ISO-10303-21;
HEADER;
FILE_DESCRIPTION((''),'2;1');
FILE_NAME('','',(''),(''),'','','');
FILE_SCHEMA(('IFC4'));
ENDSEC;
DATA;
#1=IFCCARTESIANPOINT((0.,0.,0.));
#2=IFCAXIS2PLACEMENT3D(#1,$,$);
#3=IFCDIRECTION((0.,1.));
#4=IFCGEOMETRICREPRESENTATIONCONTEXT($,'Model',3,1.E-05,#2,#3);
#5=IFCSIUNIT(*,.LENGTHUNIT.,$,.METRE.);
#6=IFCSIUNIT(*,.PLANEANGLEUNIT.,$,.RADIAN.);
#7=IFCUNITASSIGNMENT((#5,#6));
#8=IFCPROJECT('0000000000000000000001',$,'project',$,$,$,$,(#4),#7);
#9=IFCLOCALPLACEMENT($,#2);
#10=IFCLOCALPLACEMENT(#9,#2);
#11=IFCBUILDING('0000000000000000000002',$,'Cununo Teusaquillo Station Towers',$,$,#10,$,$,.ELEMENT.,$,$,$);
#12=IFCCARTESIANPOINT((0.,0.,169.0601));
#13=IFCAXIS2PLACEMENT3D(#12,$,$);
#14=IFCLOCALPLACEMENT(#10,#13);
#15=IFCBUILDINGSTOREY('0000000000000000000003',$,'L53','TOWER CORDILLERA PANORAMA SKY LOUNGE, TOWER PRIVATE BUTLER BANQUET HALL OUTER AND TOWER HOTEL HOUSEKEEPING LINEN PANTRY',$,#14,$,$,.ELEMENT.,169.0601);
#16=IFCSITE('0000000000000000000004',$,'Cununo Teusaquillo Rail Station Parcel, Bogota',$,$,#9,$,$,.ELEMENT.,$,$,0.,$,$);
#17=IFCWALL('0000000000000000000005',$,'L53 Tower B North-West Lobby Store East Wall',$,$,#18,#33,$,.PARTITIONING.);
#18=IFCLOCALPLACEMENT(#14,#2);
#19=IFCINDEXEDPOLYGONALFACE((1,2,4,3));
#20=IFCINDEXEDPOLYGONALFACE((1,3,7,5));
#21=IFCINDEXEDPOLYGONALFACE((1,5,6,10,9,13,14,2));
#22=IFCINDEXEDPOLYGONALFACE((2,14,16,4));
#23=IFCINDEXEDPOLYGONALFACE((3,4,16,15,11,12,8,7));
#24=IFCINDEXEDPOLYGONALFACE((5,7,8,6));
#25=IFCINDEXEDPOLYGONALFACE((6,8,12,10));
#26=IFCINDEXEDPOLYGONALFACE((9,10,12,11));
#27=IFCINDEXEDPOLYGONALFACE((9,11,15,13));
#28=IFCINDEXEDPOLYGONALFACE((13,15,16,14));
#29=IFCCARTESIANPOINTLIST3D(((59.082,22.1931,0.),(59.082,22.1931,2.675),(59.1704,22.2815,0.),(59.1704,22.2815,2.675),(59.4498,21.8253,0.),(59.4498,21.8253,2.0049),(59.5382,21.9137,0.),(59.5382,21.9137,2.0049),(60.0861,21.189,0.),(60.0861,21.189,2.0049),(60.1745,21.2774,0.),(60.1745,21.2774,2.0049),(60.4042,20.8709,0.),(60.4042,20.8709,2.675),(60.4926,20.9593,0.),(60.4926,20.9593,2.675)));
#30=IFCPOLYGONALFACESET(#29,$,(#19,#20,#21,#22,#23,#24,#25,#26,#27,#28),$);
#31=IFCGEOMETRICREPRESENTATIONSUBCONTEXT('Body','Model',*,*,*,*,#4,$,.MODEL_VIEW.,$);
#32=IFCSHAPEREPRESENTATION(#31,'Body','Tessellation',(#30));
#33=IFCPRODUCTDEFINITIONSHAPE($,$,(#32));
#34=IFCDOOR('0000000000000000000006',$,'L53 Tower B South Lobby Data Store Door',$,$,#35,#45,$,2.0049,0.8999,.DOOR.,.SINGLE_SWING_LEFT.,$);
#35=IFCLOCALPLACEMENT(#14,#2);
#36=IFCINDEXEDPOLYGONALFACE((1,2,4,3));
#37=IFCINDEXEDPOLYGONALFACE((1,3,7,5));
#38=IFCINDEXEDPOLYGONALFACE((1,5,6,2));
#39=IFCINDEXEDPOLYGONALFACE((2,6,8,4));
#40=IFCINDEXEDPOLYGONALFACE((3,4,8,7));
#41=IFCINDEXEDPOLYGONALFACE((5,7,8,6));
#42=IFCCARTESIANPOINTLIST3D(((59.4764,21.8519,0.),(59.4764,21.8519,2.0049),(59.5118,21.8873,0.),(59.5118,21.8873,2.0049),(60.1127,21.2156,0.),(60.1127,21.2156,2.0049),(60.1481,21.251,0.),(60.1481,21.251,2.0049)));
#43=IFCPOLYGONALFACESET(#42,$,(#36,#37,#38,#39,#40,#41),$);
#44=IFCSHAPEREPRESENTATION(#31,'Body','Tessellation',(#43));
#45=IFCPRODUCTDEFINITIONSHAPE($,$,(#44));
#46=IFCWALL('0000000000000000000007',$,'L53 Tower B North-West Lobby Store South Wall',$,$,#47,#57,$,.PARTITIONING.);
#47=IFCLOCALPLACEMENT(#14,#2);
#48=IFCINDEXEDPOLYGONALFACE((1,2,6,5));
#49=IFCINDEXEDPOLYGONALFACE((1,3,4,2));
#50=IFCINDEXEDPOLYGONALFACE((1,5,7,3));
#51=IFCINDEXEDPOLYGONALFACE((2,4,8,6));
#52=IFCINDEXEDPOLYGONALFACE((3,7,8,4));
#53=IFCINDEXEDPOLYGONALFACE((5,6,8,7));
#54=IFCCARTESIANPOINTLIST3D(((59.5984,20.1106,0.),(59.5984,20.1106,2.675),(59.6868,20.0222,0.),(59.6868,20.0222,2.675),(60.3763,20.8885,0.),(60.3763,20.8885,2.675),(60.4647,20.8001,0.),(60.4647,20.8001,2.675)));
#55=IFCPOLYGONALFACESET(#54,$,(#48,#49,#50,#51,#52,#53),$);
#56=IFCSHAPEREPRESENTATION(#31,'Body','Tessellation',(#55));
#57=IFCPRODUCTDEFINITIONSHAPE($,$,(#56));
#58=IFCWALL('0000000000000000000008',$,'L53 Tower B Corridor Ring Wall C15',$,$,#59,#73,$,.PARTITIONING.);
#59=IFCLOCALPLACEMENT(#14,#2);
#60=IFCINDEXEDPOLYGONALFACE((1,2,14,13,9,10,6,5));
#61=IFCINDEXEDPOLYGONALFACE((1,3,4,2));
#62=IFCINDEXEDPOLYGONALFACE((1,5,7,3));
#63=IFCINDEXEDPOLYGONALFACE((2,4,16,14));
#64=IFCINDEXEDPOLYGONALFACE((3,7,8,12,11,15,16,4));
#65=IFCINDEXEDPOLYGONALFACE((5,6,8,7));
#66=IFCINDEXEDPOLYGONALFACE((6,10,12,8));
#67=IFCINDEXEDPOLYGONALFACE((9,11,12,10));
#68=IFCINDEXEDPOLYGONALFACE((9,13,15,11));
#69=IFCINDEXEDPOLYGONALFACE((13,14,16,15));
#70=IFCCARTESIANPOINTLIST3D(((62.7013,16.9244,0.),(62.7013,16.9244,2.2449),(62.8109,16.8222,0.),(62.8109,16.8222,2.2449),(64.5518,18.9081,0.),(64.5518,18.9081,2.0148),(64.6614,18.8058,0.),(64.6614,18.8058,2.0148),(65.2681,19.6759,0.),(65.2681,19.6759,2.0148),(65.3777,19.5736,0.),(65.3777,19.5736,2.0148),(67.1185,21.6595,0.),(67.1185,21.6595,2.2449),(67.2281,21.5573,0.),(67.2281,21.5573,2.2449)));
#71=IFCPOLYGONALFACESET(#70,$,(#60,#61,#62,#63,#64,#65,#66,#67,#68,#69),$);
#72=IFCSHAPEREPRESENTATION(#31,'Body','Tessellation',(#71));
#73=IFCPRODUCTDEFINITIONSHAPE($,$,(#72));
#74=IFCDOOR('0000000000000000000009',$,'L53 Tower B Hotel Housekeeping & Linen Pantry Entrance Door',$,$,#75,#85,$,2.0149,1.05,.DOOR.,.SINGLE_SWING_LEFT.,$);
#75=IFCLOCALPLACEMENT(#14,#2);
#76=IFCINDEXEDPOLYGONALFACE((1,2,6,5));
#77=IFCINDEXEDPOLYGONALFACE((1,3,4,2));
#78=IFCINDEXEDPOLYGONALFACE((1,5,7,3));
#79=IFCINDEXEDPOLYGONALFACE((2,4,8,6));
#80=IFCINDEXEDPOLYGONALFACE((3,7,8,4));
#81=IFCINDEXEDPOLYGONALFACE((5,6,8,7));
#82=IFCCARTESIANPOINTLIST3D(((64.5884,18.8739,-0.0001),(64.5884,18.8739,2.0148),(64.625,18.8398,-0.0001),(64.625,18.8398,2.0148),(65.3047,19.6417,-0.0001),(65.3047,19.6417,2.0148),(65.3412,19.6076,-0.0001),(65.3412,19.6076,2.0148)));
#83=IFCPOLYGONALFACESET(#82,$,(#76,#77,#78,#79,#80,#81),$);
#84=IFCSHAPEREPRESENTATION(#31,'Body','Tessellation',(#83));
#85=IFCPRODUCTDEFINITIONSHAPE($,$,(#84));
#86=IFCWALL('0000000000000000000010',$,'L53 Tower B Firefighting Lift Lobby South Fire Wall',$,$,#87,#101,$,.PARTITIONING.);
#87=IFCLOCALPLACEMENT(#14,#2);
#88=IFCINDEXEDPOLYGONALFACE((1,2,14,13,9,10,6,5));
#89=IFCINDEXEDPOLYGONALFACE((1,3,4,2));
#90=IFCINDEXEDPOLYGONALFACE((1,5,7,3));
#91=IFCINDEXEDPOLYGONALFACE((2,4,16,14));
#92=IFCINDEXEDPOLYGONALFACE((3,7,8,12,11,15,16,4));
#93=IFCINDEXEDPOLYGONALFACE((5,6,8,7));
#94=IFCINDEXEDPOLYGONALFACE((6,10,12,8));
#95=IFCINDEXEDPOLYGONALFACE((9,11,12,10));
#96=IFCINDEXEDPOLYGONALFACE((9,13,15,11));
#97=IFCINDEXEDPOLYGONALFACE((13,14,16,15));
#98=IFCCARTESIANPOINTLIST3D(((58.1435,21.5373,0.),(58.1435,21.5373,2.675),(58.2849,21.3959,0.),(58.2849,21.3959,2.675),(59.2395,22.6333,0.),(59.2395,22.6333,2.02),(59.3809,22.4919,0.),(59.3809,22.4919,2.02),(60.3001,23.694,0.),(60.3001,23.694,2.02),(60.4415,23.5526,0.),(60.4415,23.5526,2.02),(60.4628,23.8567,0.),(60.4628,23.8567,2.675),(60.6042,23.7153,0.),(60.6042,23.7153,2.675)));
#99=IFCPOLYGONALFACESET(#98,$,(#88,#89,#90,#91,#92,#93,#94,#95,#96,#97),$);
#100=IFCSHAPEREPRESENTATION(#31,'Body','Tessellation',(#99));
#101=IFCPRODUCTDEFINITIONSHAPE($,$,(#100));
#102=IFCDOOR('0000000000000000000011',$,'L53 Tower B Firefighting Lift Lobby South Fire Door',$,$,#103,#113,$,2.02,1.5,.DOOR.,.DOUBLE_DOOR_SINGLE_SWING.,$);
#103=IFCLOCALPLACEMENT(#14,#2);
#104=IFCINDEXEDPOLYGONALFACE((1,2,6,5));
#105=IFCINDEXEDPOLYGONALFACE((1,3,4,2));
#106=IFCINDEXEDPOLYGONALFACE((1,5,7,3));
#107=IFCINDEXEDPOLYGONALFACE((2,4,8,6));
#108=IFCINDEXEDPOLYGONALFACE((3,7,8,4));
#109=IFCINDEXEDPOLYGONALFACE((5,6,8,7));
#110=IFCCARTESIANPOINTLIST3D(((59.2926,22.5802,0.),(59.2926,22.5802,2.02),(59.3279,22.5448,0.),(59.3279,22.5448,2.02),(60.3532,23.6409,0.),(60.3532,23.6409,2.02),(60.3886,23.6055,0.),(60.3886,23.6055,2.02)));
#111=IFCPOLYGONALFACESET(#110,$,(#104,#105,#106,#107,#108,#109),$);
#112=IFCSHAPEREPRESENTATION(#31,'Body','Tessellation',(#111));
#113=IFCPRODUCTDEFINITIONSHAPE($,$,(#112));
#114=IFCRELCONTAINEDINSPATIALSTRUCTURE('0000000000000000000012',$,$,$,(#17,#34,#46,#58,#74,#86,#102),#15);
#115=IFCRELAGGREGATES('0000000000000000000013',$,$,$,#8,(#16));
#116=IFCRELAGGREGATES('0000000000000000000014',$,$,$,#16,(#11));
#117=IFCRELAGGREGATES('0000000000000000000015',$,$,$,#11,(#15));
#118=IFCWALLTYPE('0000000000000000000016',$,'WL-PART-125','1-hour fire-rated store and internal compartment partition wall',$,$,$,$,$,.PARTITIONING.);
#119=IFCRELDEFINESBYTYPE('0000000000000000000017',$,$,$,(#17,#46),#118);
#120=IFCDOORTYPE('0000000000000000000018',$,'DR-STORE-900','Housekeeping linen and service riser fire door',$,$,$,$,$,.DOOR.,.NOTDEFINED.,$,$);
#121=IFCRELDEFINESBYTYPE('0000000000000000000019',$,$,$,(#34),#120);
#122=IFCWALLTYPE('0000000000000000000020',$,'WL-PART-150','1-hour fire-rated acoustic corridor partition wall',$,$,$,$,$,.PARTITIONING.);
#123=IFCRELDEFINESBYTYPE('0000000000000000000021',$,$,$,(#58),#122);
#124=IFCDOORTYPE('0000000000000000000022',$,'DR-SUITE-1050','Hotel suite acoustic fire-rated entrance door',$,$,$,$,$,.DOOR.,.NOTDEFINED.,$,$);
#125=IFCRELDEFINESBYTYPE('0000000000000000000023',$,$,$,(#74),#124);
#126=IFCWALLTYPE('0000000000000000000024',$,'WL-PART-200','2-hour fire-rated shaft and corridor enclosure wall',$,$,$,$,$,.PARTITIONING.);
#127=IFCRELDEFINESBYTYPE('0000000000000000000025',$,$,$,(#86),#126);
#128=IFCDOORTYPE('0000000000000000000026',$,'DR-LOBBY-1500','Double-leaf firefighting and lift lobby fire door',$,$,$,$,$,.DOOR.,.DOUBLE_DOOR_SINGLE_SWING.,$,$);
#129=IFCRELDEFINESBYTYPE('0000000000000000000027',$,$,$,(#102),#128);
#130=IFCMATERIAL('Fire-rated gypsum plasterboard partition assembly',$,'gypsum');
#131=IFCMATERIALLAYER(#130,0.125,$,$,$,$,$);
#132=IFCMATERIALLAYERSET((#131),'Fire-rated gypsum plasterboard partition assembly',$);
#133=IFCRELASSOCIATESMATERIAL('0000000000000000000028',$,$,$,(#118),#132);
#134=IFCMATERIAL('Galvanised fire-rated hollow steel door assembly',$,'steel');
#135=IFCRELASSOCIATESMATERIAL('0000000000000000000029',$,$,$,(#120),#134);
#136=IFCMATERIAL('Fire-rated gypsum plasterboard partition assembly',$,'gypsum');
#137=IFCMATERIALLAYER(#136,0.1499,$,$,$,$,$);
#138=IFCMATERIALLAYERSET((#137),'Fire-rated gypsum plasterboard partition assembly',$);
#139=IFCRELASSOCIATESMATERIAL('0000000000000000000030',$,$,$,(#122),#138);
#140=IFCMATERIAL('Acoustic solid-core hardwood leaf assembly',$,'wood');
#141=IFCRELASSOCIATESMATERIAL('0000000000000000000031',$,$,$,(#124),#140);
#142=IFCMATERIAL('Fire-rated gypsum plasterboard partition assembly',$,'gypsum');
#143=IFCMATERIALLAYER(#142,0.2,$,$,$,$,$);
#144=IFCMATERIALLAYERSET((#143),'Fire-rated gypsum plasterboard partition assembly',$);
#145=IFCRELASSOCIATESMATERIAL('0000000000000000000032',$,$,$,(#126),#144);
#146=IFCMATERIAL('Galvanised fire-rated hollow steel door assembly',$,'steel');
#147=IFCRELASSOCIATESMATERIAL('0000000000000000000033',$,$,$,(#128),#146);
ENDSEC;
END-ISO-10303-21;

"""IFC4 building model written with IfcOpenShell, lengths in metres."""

from ifc_helpers import new_model, si_unit, direction, frame, frame_2d, origin, place, context, subcontext, project, spatial, rectangle, extrude, source, transform, mapped, material, layer, layer_set, type_object, element, fill, save


model = new_model("IFC4")

# Units and contexts
model_context = context("Model", 3, precision=1e-05, world=origin(), true_north=direction((0.0, 1.0)))
body_context = subcontext(model_context, "Body", "Model", "MODEL_VIEW")
ifc_project = project(units=[si_unit("LENGTHUNIT", "METRE"), si_unit("PLANEANGLEUNIT", "RADIAN")], contexts=[model_context])

# Site, building, storey
site_placement = place(None, origin())
site = spatial("IfcSite", under=ifc_project, at=site_placement, Name="Cununo Teusaquillo Rail Station Parcel, Bogota", CompositionType="ELEMENT", RefElevation=0.0)
building_placement = place(site_placement, origin())
building = spatial("IfcBuilding", under=site, at=building_placement, Name="Cununo Teusaquillo Station Towers", CompositionType="ELEMENT")
storey_placement = place(building_placement, frame((0.0, 0.0, 169.0601)))
storey = spatial("IfcBuildingStorey", under=building, at=storey_placement, Name="L53", Description="TOWER CORDILLERA PANORAMA SKY LOUNGE, TOWER PRIVATE BUTLER BANQUET HALL OUTER AND TOWER HOTEL HOUSEKEEPING LINEN PANTRY", CompositionType="ELEMENT", Elevation=169.0601)

# Wall, opening, door
ifc_material_1 = material(Name="Fire-rated gypsum plasterboard partition assembly", Category="gypsum")
ifc_layer_1 = layer(ifc_material_1, 0.125)
ifc_layer_set_1 = layer_set([ifc_layer_1], Name="Fire-rated gypsum plasterboard partition assembly")
wall_type_1 = type_object("IfcWallType", Name="WL-PART-125", Description="1-hour fire-rated store and internal compartment partition wall", PredefinedType="PARTITIONING", material=ifc_layer_set_1)
wall_1_placement = place(storey_placement, frame((60.4485, 20.915, 0.0), z_axis=(0.0, 0.0, 1.0), x_axis=(-0.707107, 0.707107, 0.0)))
wall_1 = element("IfcWall", 1, at=wall_1_placement, inside=storey, type_object=wall_type_1, Name="L53 Tower B North-West Lobby Store East Wall", PredefinedType="PARTITIONING", context=body_context, shape_type="SweptSolid", body=[
    extrude(rectangle(XDim=1.8699, YDim=0.125, at=frame_2d((0.9351, 0.0))), origin(), (0.0, 0.0, 1.0), 2.675),
])
shared_shape_1 = source(origin(), body_context, "Body", "SweptSolid", [
    extrude(rectangle(XDim=0.8999, YDim=2.0049, at=frame_2d((0.45, 1.0024))), frame((0.0, 0.0725, 0.0), z_axis=(0.0, -1.0, 0.0), x_axis=(1.0, 0.0, 0.0)), (0.0, 0.0, 1.0), 0.145),
])
opening_1_placement = place(wall_1_placement, frame((0.45, 0.0, 0.0)))
opening_1 = element("IfcOpeningElement", 2, at=opening_1_placement, cuts=wall_1, PredefinedType="OPENING", context=body_context, shape_type="MappedRepresentation", body=[
    mapped(shared_shape_1, transform((0.0, 0.0, 0.0), x_axis=(1.0, 0.0, 0.0), y_axis=(0.0, 1.0, 0.0), z_axis=(0.0, 0.0, 1.0), scale=1.0)),
])
ifc_material_2 = material(Name="Galvanised fire-rated hollow steel door assembly", Category="steel")
door_type_1 = type_object("IfcDoorType", Name="DR-STORE-900", Description="Housekeeping linen and service riser fire door", OperationType="NOTDEFINED", PredefinedType="DOOR", material=ifc_material_2)
shared_shape_2 = source(origin(), body_context, "Body", "SweptSolid", [
    extrude(rectangle(XDim=0.8999, YDim=2.0049, at=frame_2d((0.45, 1.0024))), frame((0.0, 0.0249, 0.0), z_axis=(0.0, -1.0, 0.0), x_axis=(1.0, 0.0, 0.0)), (0.0, 0.0, 1.0), 0.05),
])
door_1_placement = place(opening_1_placement, origin())
door_1 = element("IfcDoor", 3, at=door_1_placement, inside=storey, type_object=door_type_1, Name="L53 Tower B South Lobby Data Store Door", OperationType="SINGLE_SWING_LEFT", OverallHeight=2.0049, OverallWidth=0.8999, PredefinedType="DOOR", context=body_context, shape_type="MappedRepresentation", body=[
    mapped(shared_shape_2, transform((0.0, 0.0, 0.0), x_axis=(1.0, 0.0, 0.0), y_axis=(0.0, 1.0, 0.0), z_axis=(0.0, 0.0, 1.0), scale=1.0)),
])
fill(opening_1, door_1)

# Wall
wall_2_placement = place(storey_placement, frame((59.6426, 20.0664, 0.0), z_axis=(0.0, 0.0, 1.0), x_axis=(0.707107, 0.707107, 0.0)))
element("IfcWall", 4, at=wall_2_placement, inside=storey, type_object=wall_type_1, Name="L53 Tower B North-West Lobby Store South Wall", PredefinedType="PARTITIONING", context=body_context, shape_type="SweptSolid", body=[
    extrude(rectangle(XDim=1.1001, YDim=0.125, at=frame_2d((0.55, 0.0))), origin(), (0.0, 0.0, 1.0), 2.675),
])

# Walls, openings, doors
ifc_material_3 = material(Name="Fire-rated gypsum plasterboard partition assembly", Category="gypsum")
ifc_layer_2 = layer(ifc_material_3, 0.1499)
ifc_layer_set_2 = layer_set([ifc_layer_2], Name="Fire-rated gypsum plasterboard partition assembly")
wall_type_2 = type_object("IfcWallType", Name="WL-PART-150", Description="1-hour fire-rated acoustic corridor partition wall", PredefinedType="PARTITIONING", material=ifc_layer_set_2)
wall_3_placement = place(storey_placement, frame((62.7561, 16.8733, 0.0), z_axis=(0.0, 0.0, 1.0), x_axis=(0.682137, 0.731225, 0.0)))
wall_3 = element("IfcWall", 5, at=wall_3_placement, inside=storey, type_object=wall_type_2, Name="L53 Tower B Corridor Ring Wall C15", PredefinedType="PARTITIONING", context=body_context, shape_type="SweptSolid", body=[
    extrude(rectangle(XDim=6.4756, YDim=0.1499, at=frame_2d((3.2378, 0.0))), origin(), (0.0, 0.0, 1.0), 2.2449),
])
shared_shape_3 = source(origin(), body_context, "Body", "SweptSolid", [
    extrude(rectangle(XDim=1.05, YDim=2.0149, at=frame_2d((0.5249, 1.0073))), frame((0.0, 0.085, 0.0), z_axis=(0.0, -1.0, 0.0), x_axis=(1.0, 0.0, 0.0)), (0.0, 0.0, 1.0), 0.1699),
])
opening_2_placement = place(wall_3_placement, frame((2.7129, 0.0, 0.0)))
opening_2 = element("IfcOpeningElement", 6, at=opening_2_placement, cuts=wall_3, PredefinedType="OPENING", context=body_context, shape_type="MappedRepresentation", body=[
    mapped(shared_shape_3, transform((0.0, 0.0, 0.0), x_axis=(1.0, 0.0, 0.0), y_axis=(0.0, 1.0, 0.0), z_axis=(0.0, 0.0, 1.0), scale=1.0)),
])
ifc_material_4 = material(Name="Acoustic solid-core hardwood leaf assembly", Category="wood")
door_type_2 = type_object("IfcDoorType", Name="DR-SUITE-1050", Description="Hotel suite acoustic fire-rated entrance door", OperationType="NOTDEFINED", PredefinedType="DOOR", material=ifc_material_4)
shared_shape_4 = source(origin(), body_context, "Body", "SweptSolid", [
    extrude(rectangle(XDim=1.05, YDim=2.0149, at=frame_2d((0.5249, 1.0073))), frame((0.0, 0.0249, 0.0), z_axis=(0.0, -1.0, 0.0), x_axis=(1.0, 0.0, 0.0)), (0.0, 0.0, 1.0), 0.05),
])
door_2_placement = place(opening_2_placement, origin())
door_2 = element("IfcDoor", 7, at=door_2_placement, inside=storey, type_object=door_type_2, Name="L53 Tower B Hotel Housekeeping & Linen Pantry Entrance Door", OperationType="SINGLE_SWING_LEFT", OverallHeight=2.0149, OverallWidth=1.05, PredefinedType="DOOR", context=body_context, shape_type="MappedRepresentation", body=[
    mapped(shared_shape_4, transform((0.0, 0.0, 0.0), x_axis=(1.0, 0.0, 0.0), y_axis=(0.0, 1.0, 0.0), z_axis=(0.0, 0.0, 1.0), scale=1.0)),
])
fill(opening_2, door_2)
ifc_material_5 = material(Name="Fire-rated gypsum plasterboard partition assembly", Category="gypsum")
ifc_layer_3 = layer(ifc_material_5, 0.2)
ifc_layer_set_3 = layer_set([ifc_layer_3], Name="Fire-rated gypsum plasterboard partition assembly")
wall_type_3 = type_object("IfcWallType", Name="WL-PART-200", Description="2-hour fire-rated shaft and corridor enclosure wall", PredefinedType="PARTITIONING", material=ifc_layer_set_3)
wall_4_placement = place(storey_placement, frame((58.2141, 21.4666, 0.0), z_axis=(0.0, 0.0, 1.0), x_axis=(0.707107, 0.707107, 0.0)))
wall_4 = element("IfcWall", 8, at=wall_4_placement, inside=storey, type_object=wall_type_3, Name="L53 Tower B Firefighting Lift Lobby South Fire Wall", PredefinedType="PARTITIONING", context=body_context, shape_type="SweptSolid", body=[
    extrude(rectangle(XDim=3.28, YDim=0.2, at=frame_2d((1.6401, 0.0))), origin(), (0.0, 0.0, 1.0), 2.675),
])
shared_shape_5 = source(origin(), body_context, "Body", "SweptSolid", [
    extrude(rectangle(XDim=1.5, YDim=2.02, at=frame_2d((0.75, 1.01))), frame((0.0, 0.1099, 0.0), z_axis=(0.0, -1.0, 0.0), x_axis=(1.0, 0.0, 0.0)), (0.0, 0.0, 1.0), 0.22),
])
opening_3_placement = place(wall_4_placement, frame((1.55, 0.0, 0.0)))
opening_3 = element("IfcOpeningElement", 9, at=opening_3_placement, cuts=wall_4, PredefinedType="OPENING", context=body_context, shape_type="MappedRepresentation", body=[
    mapped(shared_shape_5, transform((0.0, 0.0, 0.0), x_axis=(1.0, 0.0, 0.0), y_axis=(0.0, 1.0, 0.0), z_axis=(0.0, 0.0, 1.0), scale=1.0)),
])
ifc_material_6 = material(Name="Galvanised fire-rated hollow steel door assembly", Category="steel")
door_type_3 = type_object("IfcDoorType", Name="DR-LOBBY-1500", Description="Double-leaf firefighting and lift lobby fire door", OperationType="DOUBLE_DOOR_SINGLE_SWING", PredefinedType="DOOR", material=ifc_material_6)
shared_shape_6 = source(origin(), body_context, "Body", "SweptSolid", [
    extrude(rectangle(XDim=1.5, YDim=2.02, at=frame_2d((0.75, 1.01))), frame((0.0, 0.0249, 0.0), z_axis=(0.0, -1.0, 0.0), x_axis=(1.0, 0.0, 0.0)), (0.0, 0.0, 1.0), 0.05),
])
door_3_placement = place(opening_3_placement, origin())
door_3 = element("IfcDoor", 10, at=door_3_placement, inside=storey, type_object=door_type_3, Name="L53 Tower B Firefighting Lift Lobby South Fire Door", OperationType="DOUBLE_DOOR_SINGLE_SWING", OverallHeight=2.02, OverallWidth=1.5, PredefinedType="DOOR", context=body_context, shape_type="MappedRepresentation", body=[
    mapped(shared_shape_6, transform((0.0, 0.0, 0.0), x_axis=(1.0, 0.0, 0.0), y_axis=(0.0, 1.0, 0.0), z_axis=(0.0, 0.0, 1.0), scale=1.0)),
])
fill(opening_3, door_3)

save(model, "model.ifc")
